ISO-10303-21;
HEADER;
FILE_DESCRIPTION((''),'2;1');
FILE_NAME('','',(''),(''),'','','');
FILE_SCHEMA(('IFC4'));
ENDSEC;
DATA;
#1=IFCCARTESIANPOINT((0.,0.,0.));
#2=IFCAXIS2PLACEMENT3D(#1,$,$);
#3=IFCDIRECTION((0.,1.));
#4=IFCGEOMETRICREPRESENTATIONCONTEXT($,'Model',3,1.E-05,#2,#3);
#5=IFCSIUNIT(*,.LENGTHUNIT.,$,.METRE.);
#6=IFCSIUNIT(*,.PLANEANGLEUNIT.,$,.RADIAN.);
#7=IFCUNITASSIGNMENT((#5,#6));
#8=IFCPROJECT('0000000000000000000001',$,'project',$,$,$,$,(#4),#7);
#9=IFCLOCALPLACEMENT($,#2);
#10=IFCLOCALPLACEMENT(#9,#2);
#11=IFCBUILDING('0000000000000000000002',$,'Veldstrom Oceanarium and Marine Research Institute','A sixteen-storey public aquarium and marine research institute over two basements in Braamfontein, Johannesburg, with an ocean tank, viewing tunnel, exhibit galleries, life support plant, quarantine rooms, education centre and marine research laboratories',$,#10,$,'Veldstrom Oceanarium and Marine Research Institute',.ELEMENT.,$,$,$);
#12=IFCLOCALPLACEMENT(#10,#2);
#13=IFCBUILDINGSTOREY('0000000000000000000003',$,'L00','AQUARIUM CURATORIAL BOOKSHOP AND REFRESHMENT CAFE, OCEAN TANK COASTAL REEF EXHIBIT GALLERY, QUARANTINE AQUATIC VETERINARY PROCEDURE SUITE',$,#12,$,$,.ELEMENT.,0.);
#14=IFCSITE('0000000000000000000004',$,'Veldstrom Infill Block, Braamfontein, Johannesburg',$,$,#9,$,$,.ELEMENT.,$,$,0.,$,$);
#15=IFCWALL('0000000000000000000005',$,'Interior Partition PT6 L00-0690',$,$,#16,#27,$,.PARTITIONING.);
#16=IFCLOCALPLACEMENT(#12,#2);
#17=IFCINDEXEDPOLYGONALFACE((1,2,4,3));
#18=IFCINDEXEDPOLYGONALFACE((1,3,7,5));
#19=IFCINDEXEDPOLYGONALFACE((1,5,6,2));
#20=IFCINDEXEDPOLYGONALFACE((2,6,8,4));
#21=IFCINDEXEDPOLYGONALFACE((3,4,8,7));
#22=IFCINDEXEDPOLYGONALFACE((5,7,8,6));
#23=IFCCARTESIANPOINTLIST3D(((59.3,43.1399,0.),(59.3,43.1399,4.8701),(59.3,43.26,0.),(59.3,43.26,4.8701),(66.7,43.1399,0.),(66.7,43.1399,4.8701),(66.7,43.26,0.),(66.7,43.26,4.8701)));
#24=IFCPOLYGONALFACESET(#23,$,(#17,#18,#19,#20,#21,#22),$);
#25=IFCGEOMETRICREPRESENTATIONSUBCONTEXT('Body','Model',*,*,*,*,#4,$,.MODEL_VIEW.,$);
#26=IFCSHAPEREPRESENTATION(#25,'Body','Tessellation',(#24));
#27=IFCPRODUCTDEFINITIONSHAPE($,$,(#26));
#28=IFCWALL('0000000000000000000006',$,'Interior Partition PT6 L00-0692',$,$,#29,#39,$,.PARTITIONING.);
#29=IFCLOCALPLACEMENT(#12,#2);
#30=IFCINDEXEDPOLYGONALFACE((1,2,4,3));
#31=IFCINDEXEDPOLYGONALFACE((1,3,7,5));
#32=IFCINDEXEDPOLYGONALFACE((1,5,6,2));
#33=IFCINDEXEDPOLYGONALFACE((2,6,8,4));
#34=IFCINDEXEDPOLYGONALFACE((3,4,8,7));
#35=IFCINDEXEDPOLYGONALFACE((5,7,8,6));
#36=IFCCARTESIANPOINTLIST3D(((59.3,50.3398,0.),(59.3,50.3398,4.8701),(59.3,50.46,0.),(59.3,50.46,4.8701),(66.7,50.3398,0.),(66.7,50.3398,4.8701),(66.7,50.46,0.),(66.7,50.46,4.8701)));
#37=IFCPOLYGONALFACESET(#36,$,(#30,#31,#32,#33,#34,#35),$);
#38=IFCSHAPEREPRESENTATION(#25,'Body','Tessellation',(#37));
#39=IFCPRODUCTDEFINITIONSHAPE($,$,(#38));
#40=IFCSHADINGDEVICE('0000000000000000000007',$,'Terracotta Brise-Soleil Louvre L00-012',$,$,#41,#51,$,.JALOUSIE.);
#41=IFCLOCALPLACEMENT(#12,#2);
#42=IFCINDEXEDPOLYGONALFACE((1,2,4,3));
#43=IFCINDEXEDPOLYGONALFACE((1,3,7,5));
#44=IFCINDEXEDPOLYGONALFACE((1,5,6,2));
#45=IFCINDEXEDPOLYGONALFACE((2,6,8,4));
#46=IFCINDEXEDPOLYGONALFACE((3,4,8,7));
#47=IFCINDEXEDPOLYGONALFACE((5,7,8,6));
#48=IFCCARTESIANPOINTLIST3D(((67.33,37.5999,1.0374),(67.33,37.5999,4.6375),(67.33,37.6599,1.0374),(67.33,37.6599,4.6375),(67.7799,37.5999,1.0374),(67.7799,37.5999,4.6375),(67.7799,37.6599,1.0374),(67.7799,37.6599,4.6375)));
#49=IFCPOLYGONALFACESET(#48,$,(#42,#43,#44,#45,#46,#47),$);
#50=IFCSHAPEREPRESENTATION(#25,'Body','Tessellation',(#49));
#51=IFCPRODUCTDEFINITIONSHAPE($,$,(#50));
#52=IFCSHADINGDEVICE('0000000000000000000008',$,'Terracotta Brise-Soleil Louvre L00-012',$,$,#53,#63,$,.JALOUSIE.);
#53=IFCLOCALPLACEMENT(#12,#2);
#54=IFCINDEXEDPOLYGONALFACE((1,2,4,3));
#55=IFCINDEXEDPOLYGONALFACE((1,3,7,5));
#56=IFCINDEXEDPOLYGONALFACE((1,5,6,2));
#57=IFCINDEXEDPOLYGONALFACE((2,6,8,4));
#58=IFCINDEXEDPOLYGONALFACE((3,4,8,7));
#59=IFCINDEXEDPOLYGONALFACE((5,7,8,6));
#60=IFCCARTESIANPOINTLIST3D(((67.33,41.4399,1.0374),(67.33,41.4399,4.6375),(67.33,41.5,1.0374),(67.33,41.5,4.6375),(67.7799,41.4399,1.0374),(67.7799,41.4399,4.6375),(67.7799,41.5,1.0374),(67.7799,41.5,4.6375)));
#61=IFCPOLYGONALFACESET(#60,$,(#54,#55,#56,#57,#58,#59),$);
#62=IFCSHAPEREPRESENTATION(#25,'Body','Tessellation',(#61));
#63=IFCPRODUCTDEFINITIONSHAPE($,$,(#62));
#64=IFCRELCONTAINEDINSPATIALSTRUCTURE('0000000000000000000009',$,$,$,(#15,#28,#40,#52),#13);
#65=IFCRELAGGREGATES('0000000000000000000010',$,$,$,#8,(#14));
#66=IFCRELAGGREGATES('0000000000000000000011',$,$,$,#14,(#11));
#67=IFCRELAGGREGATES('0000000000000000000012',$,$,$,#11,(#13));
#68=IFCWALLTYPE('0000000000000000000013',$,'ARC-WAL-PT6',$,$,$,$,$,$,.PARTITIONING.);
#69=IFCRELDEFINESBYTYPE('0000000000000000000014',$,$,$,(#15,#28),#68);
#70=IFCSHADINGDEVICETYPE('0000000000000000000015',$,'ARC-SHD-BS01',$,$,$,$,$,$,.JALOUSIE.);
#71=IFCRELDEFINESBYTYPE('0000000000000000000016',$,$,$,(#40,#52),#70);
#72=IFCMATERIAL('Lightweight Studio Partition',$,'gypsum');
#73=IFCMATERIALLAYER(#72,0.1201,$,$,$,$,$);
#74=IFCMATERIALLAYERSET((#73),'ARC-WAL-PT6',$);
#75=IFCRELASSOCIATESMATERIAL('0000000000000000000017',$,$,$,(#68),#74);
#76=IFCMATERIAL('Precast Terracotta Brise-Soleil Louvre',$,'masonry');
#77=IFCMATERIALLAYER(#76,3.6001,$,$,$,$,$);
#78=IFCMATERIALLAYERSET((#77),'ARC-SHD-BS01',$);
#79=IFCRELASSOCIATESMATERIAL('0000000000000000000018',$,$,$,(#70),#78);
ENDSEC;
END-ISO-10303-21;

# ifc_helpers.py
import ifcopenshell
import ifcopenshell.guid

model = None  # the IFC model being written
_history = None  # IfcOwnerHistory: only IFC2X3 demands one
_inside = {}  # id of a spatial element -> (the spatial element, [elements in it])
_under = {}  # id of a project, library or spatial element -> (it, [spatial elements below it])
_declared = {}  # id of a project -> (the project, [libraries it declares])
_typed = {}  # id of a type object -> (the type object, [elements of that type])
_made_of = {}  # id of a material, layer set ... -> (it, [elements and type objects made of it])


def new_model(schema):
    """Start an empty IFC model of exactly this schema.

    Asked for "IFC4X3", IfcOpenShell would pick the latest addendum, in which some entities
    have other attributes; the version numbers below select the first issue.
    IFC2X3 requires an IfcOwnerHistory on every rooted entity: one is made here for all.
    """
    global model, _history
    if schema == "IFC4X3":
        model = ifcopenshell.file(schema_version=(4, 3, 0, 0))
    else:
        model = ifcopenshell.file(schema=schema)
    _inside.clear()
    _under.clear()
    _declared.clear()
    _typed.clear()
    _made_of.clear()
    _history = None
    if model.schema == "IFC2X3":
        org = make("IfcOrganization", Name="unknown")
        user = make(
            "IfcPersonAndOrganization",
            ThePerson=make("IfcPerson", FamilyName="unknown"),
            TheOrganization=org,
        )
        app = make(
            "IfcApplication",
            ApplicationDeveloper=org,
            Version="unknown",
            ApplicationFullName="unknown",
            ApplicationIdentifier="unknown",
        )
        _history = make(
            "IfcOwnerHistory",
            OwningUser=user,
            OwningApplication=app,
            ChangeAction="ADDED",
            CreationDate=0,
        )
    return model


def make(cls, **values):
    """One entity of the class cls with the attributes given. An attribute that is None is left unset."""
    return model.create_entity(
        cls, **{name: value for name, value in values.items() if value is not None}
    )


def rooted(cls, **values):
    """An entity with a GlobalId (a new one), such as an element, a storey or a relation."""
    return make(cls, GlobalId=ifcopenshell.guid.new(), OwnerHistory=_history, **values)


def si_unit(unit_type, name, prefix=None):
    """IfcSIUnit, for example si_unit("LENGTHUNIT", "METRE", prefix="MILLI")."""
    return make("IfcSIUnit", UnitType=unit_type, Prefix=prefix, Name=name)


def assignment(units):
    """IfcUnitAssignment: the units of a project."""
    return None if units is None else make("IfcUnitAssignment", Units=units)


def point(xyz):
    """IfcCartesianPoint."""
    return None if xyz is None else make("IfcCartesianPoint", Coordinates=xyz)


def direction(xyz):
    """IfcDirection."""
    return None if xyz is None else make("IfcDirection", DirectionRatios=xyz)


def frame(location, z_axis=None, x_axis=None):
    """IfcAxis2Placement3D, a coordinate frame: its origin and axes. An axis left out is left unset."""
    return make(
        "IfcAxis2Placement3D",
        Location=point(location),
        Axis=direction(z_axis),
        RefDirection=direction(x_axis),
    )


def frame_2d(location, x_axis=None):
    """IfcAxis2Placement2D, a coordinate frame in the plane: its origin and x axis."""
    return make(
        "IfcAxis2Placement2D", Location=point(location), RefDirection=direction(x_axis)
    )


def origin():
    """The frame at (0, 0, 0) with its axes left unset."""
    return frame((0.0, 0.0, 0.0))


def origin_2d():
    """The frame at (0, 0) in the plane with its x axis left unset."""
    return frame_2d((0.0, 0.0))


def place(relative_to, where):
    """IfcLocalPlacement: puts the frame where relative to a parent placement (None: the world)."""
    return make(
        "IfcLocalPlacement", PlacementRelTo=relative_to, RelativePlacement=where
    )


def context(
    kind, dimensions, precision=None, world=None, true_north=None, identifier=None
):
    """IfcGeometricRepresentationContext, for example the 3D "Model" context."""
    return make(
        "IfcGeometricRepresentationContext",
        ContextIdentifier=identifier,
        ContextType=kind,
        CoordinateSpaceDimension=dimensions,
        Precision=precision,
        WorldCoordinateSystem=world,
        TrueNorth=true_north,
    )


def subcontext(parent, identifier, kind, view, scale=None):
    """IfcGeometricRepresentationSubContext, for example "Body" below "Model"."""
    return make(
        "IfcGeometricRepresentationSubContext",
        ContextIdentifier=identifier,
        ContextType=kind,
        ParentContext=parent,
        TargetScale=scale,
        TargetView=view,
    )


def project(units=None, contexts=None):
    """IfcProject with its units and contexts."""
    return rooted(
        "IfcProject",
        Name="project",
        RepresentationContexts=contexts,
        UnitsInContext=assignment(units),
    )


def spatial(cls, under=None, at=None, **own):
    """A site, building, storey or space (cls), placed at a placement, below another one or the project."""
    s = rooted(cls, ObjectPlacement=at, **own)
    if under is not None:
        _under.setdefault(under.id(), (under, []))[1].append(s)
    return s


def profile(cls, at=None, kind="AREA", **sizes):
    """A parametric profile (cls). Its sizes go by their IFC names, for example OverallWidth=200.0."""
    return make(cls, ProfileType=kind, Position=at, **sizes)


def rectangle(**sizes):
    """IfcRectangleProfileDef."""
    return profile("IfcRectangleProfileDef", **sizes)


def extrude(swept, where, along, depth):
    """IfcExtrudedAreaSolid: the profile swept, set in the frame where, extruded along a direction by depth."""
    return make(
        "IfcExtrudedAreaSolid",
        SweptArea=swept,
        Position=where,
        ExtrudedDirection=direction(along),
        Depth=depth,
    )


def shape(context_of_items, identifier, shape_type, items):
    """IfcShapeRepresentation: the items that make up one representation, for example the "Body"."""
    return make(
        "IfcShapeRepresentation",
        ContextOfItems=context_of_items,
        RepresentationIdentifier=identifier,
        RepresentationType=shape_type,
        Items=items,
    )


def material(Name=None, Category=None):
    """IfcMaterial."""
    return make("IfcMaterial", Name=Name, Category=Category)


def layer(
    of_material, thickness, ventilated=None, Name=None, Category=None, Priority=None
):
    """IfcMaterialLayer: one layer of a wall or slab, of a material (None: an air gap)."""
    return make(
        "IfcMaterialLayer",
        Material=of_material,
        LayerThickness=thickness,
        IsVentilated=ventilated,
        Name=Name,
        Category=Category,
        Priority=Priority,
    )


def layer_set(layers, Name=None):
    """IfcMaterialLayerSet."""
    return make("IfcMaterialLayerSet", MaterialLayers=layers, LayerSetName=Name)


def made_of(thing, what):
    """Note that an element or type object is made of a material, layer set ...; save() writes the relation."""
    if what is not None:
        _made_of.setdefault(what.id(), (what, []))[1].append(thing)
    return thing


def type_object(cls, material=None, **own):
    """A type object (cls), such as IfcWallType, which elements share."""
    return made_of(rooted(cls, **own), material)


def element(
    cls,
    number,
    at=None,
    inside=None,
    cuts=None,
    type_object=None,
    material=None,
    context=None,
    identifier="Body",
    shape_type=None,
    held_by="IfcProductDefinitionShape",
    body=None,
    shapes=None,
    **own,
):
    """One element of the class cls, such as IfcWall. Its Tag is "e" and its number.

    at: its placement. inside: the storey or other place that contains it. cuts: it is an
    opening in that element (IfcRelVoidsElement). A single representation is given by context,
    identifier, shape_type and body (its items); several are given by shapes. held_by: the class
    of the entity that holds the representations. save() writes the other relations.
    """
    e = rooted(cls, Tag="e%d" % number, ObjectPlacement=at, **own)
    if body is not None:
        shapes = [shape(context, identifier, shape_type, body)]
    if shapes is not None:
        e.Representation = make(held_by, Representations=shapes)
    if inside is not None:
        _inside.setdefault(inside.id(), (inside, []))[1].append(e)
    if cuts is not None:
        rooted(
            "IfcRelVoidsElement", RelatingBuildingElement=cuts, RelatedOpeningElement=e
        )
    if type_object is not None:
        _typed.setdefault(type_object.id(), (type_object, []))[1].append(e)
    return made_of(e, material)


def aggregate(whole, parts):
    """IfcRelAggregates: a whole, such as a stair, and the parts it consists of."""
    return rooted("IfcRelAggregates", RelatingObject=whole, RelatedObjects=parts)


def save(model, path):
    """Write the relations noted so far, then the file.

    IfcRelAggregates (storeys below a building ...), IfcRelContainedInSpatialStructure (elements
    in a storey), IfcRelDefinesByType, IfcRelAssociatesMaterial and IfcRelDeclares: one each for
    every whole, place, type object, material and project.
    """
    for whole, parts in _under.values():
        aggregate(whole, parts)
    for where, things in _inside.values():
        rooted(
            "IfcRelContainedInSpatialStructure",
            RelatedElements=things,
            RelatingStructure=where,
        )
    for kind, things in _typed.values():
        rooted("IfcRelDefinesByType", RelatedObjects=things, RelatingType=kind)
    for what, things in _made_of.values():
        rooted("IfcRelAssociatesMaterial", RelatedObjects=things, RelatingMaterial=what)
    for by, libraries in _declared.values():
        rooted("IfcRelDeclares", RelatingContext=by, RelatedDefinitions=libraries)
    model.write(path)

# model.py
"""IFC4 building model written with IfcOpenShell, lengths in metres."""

from ifc_helpers import new_model, si_unit, direction, frame, frame_2d, origin, origin_2d, place, context, subcontext, project, spatial, rectangle, extrude, material, layer, layer_set, type_object, element, save


model = new_model("IFC4")

# Units and contexts
model_context = context("Model", 3, precision=1e-05, world=origin(), true_north=direction((0.0, 1.0)))
body_context = subcontext(model_context, "Body", "Model", "MODEL_VIEW")
ifc_project = project(units=[si_unit("LENGTHUNIT", "METRE"), si_unit("PLANEANGLEUNIT", "RADIAN")], contexts=[model_context])

# Site, building, storey
site_placement = place(None, origin())
site = spatial("IfcSite", under=ifc_project, at=site_placement, Name="Veldstrom Infill Block, Braamfontein, Johannesburg", CompositionType="ELEMENT", RefElevation=0.0)
building_placement = place(site_placement, origin())
building = spatial("IfcBuilding", under=site, at=building_placement, Name="Veldstrom Oceanarium and Marine Research Institute", Description="A sixteen-storey public aquarium and marine research institute over two basements in Braamfontein, Johannesburg, with an ocean tank, viewing tunnel, exhibit galleries, life support plant, quarantine rooms, education centre and marine research laboratories", LongName="Veldstrom Oceanarium and Marine Research Institute", CompositionType="ELEMENT")
storey_placement = place(building_placement, origin())
storey = spatial("IfcBuildingStorey", under=building, at=storey_placement, Name="L00", Description="AQUARIUM CURATORIAL BOOKSHOP AND REFRESHMENT CAFE, OCEAN TANK COASTAL REEF EXHIBIT GALLERY, QUARANTINE AQUATIC VETERINARY PROCEDURE SUITE", CompositionType="ELEMENT", Elevation=0.0)

# Walls
ifc_material_1 = material(Name="Lightweight Studio Partition", Category="gypsum")
ifc_layer_1 = layer(ifc_material_1, 0.1201)
ifc_layer_set_1 = layer_set([ifc_layer_1], Name="ARC-WAL-PT6")
wall_type_1 = type_object("IfcWallType", Name="ARC-WAL-PT6", PredefinedType="PARTITIONING", material=ifc_layer_set_1)
for number, where, z_axis, x_axis, name in (
    (1, (59.3, 43.2, 0.0), (0.0, 0.0, 1.0), (1.0, 0.0, 0.0), "Interior Partition PT6 L00-0690"),
    (2, (59.3, 50.3999, 0.0), (0.0, 0.0, 1.0), (1.0, 0.0, 0.0), "Interior Partition PT6 L00-0692"),
):
    element("IfcWall", number, at=place(storey_placement, frame(where, z_axis=z_axis, x_axis=x_axis)), inside=storey, type_object=wall_type_1, Name=name, PredefinedType="PARTITIONING", context=body_context, shape_type="SweptSolid", body=[
        extrude(rectangle(XDim=7.3999, YDim=0.1201, at=frame_2d((3.7, 0.0))), origin(), (0.0, 0.0, 1.0), 4.8701),
    ])

# Shading devices
ifc_material_2 = material(Name="Precast Terracotta Brise-Soleil Louvre", Category="masonry")
ifc_layer_2 = layer(ifc_material_2, 3.6001)
ifc_layer_set_2 = layer_set([ifc_layer_2], Name="ARC-SHD-BS01")
shading_device_type = type_object("IfcShadingDeviceType", Name="ARC-SHD-BS01", PredefinedType="JALOUSIE", material=ifc_layer_set_2)
for number, where, z_axis, x_axis, name in (
    (3, (67.5549, 37.6299, 1.0374), (0.0, 0.0, 1.0), (1.0, 0.0, 0.0), "Terracotta Brise-Soleil Louvre L00-012"),
    (4, (67.5549, 41.47, 1.0374), (0.0, 0.0, 1.0), (1.0, 0.0, 0.0), "Terracotta Brise-Soleil Louvre L00-012"),
):
    element("IfcShadingDevice", number, at=place(storey_placement, frame(where, z_axis=z_axis, x_axis=x_axis)), inside=storey, type_object=shading_device_type, Name=name, PredefinedType="JALOUSIE", context=body_context, shape_type="SweptSolid", body=[
        extrude(rectangle(XDim=0.45, YDim=0.0601, at=origin_2d()), origin(), (0.0, 0.0, 1.0), 3.6001),
    ])

save(model, "model.ifc")
